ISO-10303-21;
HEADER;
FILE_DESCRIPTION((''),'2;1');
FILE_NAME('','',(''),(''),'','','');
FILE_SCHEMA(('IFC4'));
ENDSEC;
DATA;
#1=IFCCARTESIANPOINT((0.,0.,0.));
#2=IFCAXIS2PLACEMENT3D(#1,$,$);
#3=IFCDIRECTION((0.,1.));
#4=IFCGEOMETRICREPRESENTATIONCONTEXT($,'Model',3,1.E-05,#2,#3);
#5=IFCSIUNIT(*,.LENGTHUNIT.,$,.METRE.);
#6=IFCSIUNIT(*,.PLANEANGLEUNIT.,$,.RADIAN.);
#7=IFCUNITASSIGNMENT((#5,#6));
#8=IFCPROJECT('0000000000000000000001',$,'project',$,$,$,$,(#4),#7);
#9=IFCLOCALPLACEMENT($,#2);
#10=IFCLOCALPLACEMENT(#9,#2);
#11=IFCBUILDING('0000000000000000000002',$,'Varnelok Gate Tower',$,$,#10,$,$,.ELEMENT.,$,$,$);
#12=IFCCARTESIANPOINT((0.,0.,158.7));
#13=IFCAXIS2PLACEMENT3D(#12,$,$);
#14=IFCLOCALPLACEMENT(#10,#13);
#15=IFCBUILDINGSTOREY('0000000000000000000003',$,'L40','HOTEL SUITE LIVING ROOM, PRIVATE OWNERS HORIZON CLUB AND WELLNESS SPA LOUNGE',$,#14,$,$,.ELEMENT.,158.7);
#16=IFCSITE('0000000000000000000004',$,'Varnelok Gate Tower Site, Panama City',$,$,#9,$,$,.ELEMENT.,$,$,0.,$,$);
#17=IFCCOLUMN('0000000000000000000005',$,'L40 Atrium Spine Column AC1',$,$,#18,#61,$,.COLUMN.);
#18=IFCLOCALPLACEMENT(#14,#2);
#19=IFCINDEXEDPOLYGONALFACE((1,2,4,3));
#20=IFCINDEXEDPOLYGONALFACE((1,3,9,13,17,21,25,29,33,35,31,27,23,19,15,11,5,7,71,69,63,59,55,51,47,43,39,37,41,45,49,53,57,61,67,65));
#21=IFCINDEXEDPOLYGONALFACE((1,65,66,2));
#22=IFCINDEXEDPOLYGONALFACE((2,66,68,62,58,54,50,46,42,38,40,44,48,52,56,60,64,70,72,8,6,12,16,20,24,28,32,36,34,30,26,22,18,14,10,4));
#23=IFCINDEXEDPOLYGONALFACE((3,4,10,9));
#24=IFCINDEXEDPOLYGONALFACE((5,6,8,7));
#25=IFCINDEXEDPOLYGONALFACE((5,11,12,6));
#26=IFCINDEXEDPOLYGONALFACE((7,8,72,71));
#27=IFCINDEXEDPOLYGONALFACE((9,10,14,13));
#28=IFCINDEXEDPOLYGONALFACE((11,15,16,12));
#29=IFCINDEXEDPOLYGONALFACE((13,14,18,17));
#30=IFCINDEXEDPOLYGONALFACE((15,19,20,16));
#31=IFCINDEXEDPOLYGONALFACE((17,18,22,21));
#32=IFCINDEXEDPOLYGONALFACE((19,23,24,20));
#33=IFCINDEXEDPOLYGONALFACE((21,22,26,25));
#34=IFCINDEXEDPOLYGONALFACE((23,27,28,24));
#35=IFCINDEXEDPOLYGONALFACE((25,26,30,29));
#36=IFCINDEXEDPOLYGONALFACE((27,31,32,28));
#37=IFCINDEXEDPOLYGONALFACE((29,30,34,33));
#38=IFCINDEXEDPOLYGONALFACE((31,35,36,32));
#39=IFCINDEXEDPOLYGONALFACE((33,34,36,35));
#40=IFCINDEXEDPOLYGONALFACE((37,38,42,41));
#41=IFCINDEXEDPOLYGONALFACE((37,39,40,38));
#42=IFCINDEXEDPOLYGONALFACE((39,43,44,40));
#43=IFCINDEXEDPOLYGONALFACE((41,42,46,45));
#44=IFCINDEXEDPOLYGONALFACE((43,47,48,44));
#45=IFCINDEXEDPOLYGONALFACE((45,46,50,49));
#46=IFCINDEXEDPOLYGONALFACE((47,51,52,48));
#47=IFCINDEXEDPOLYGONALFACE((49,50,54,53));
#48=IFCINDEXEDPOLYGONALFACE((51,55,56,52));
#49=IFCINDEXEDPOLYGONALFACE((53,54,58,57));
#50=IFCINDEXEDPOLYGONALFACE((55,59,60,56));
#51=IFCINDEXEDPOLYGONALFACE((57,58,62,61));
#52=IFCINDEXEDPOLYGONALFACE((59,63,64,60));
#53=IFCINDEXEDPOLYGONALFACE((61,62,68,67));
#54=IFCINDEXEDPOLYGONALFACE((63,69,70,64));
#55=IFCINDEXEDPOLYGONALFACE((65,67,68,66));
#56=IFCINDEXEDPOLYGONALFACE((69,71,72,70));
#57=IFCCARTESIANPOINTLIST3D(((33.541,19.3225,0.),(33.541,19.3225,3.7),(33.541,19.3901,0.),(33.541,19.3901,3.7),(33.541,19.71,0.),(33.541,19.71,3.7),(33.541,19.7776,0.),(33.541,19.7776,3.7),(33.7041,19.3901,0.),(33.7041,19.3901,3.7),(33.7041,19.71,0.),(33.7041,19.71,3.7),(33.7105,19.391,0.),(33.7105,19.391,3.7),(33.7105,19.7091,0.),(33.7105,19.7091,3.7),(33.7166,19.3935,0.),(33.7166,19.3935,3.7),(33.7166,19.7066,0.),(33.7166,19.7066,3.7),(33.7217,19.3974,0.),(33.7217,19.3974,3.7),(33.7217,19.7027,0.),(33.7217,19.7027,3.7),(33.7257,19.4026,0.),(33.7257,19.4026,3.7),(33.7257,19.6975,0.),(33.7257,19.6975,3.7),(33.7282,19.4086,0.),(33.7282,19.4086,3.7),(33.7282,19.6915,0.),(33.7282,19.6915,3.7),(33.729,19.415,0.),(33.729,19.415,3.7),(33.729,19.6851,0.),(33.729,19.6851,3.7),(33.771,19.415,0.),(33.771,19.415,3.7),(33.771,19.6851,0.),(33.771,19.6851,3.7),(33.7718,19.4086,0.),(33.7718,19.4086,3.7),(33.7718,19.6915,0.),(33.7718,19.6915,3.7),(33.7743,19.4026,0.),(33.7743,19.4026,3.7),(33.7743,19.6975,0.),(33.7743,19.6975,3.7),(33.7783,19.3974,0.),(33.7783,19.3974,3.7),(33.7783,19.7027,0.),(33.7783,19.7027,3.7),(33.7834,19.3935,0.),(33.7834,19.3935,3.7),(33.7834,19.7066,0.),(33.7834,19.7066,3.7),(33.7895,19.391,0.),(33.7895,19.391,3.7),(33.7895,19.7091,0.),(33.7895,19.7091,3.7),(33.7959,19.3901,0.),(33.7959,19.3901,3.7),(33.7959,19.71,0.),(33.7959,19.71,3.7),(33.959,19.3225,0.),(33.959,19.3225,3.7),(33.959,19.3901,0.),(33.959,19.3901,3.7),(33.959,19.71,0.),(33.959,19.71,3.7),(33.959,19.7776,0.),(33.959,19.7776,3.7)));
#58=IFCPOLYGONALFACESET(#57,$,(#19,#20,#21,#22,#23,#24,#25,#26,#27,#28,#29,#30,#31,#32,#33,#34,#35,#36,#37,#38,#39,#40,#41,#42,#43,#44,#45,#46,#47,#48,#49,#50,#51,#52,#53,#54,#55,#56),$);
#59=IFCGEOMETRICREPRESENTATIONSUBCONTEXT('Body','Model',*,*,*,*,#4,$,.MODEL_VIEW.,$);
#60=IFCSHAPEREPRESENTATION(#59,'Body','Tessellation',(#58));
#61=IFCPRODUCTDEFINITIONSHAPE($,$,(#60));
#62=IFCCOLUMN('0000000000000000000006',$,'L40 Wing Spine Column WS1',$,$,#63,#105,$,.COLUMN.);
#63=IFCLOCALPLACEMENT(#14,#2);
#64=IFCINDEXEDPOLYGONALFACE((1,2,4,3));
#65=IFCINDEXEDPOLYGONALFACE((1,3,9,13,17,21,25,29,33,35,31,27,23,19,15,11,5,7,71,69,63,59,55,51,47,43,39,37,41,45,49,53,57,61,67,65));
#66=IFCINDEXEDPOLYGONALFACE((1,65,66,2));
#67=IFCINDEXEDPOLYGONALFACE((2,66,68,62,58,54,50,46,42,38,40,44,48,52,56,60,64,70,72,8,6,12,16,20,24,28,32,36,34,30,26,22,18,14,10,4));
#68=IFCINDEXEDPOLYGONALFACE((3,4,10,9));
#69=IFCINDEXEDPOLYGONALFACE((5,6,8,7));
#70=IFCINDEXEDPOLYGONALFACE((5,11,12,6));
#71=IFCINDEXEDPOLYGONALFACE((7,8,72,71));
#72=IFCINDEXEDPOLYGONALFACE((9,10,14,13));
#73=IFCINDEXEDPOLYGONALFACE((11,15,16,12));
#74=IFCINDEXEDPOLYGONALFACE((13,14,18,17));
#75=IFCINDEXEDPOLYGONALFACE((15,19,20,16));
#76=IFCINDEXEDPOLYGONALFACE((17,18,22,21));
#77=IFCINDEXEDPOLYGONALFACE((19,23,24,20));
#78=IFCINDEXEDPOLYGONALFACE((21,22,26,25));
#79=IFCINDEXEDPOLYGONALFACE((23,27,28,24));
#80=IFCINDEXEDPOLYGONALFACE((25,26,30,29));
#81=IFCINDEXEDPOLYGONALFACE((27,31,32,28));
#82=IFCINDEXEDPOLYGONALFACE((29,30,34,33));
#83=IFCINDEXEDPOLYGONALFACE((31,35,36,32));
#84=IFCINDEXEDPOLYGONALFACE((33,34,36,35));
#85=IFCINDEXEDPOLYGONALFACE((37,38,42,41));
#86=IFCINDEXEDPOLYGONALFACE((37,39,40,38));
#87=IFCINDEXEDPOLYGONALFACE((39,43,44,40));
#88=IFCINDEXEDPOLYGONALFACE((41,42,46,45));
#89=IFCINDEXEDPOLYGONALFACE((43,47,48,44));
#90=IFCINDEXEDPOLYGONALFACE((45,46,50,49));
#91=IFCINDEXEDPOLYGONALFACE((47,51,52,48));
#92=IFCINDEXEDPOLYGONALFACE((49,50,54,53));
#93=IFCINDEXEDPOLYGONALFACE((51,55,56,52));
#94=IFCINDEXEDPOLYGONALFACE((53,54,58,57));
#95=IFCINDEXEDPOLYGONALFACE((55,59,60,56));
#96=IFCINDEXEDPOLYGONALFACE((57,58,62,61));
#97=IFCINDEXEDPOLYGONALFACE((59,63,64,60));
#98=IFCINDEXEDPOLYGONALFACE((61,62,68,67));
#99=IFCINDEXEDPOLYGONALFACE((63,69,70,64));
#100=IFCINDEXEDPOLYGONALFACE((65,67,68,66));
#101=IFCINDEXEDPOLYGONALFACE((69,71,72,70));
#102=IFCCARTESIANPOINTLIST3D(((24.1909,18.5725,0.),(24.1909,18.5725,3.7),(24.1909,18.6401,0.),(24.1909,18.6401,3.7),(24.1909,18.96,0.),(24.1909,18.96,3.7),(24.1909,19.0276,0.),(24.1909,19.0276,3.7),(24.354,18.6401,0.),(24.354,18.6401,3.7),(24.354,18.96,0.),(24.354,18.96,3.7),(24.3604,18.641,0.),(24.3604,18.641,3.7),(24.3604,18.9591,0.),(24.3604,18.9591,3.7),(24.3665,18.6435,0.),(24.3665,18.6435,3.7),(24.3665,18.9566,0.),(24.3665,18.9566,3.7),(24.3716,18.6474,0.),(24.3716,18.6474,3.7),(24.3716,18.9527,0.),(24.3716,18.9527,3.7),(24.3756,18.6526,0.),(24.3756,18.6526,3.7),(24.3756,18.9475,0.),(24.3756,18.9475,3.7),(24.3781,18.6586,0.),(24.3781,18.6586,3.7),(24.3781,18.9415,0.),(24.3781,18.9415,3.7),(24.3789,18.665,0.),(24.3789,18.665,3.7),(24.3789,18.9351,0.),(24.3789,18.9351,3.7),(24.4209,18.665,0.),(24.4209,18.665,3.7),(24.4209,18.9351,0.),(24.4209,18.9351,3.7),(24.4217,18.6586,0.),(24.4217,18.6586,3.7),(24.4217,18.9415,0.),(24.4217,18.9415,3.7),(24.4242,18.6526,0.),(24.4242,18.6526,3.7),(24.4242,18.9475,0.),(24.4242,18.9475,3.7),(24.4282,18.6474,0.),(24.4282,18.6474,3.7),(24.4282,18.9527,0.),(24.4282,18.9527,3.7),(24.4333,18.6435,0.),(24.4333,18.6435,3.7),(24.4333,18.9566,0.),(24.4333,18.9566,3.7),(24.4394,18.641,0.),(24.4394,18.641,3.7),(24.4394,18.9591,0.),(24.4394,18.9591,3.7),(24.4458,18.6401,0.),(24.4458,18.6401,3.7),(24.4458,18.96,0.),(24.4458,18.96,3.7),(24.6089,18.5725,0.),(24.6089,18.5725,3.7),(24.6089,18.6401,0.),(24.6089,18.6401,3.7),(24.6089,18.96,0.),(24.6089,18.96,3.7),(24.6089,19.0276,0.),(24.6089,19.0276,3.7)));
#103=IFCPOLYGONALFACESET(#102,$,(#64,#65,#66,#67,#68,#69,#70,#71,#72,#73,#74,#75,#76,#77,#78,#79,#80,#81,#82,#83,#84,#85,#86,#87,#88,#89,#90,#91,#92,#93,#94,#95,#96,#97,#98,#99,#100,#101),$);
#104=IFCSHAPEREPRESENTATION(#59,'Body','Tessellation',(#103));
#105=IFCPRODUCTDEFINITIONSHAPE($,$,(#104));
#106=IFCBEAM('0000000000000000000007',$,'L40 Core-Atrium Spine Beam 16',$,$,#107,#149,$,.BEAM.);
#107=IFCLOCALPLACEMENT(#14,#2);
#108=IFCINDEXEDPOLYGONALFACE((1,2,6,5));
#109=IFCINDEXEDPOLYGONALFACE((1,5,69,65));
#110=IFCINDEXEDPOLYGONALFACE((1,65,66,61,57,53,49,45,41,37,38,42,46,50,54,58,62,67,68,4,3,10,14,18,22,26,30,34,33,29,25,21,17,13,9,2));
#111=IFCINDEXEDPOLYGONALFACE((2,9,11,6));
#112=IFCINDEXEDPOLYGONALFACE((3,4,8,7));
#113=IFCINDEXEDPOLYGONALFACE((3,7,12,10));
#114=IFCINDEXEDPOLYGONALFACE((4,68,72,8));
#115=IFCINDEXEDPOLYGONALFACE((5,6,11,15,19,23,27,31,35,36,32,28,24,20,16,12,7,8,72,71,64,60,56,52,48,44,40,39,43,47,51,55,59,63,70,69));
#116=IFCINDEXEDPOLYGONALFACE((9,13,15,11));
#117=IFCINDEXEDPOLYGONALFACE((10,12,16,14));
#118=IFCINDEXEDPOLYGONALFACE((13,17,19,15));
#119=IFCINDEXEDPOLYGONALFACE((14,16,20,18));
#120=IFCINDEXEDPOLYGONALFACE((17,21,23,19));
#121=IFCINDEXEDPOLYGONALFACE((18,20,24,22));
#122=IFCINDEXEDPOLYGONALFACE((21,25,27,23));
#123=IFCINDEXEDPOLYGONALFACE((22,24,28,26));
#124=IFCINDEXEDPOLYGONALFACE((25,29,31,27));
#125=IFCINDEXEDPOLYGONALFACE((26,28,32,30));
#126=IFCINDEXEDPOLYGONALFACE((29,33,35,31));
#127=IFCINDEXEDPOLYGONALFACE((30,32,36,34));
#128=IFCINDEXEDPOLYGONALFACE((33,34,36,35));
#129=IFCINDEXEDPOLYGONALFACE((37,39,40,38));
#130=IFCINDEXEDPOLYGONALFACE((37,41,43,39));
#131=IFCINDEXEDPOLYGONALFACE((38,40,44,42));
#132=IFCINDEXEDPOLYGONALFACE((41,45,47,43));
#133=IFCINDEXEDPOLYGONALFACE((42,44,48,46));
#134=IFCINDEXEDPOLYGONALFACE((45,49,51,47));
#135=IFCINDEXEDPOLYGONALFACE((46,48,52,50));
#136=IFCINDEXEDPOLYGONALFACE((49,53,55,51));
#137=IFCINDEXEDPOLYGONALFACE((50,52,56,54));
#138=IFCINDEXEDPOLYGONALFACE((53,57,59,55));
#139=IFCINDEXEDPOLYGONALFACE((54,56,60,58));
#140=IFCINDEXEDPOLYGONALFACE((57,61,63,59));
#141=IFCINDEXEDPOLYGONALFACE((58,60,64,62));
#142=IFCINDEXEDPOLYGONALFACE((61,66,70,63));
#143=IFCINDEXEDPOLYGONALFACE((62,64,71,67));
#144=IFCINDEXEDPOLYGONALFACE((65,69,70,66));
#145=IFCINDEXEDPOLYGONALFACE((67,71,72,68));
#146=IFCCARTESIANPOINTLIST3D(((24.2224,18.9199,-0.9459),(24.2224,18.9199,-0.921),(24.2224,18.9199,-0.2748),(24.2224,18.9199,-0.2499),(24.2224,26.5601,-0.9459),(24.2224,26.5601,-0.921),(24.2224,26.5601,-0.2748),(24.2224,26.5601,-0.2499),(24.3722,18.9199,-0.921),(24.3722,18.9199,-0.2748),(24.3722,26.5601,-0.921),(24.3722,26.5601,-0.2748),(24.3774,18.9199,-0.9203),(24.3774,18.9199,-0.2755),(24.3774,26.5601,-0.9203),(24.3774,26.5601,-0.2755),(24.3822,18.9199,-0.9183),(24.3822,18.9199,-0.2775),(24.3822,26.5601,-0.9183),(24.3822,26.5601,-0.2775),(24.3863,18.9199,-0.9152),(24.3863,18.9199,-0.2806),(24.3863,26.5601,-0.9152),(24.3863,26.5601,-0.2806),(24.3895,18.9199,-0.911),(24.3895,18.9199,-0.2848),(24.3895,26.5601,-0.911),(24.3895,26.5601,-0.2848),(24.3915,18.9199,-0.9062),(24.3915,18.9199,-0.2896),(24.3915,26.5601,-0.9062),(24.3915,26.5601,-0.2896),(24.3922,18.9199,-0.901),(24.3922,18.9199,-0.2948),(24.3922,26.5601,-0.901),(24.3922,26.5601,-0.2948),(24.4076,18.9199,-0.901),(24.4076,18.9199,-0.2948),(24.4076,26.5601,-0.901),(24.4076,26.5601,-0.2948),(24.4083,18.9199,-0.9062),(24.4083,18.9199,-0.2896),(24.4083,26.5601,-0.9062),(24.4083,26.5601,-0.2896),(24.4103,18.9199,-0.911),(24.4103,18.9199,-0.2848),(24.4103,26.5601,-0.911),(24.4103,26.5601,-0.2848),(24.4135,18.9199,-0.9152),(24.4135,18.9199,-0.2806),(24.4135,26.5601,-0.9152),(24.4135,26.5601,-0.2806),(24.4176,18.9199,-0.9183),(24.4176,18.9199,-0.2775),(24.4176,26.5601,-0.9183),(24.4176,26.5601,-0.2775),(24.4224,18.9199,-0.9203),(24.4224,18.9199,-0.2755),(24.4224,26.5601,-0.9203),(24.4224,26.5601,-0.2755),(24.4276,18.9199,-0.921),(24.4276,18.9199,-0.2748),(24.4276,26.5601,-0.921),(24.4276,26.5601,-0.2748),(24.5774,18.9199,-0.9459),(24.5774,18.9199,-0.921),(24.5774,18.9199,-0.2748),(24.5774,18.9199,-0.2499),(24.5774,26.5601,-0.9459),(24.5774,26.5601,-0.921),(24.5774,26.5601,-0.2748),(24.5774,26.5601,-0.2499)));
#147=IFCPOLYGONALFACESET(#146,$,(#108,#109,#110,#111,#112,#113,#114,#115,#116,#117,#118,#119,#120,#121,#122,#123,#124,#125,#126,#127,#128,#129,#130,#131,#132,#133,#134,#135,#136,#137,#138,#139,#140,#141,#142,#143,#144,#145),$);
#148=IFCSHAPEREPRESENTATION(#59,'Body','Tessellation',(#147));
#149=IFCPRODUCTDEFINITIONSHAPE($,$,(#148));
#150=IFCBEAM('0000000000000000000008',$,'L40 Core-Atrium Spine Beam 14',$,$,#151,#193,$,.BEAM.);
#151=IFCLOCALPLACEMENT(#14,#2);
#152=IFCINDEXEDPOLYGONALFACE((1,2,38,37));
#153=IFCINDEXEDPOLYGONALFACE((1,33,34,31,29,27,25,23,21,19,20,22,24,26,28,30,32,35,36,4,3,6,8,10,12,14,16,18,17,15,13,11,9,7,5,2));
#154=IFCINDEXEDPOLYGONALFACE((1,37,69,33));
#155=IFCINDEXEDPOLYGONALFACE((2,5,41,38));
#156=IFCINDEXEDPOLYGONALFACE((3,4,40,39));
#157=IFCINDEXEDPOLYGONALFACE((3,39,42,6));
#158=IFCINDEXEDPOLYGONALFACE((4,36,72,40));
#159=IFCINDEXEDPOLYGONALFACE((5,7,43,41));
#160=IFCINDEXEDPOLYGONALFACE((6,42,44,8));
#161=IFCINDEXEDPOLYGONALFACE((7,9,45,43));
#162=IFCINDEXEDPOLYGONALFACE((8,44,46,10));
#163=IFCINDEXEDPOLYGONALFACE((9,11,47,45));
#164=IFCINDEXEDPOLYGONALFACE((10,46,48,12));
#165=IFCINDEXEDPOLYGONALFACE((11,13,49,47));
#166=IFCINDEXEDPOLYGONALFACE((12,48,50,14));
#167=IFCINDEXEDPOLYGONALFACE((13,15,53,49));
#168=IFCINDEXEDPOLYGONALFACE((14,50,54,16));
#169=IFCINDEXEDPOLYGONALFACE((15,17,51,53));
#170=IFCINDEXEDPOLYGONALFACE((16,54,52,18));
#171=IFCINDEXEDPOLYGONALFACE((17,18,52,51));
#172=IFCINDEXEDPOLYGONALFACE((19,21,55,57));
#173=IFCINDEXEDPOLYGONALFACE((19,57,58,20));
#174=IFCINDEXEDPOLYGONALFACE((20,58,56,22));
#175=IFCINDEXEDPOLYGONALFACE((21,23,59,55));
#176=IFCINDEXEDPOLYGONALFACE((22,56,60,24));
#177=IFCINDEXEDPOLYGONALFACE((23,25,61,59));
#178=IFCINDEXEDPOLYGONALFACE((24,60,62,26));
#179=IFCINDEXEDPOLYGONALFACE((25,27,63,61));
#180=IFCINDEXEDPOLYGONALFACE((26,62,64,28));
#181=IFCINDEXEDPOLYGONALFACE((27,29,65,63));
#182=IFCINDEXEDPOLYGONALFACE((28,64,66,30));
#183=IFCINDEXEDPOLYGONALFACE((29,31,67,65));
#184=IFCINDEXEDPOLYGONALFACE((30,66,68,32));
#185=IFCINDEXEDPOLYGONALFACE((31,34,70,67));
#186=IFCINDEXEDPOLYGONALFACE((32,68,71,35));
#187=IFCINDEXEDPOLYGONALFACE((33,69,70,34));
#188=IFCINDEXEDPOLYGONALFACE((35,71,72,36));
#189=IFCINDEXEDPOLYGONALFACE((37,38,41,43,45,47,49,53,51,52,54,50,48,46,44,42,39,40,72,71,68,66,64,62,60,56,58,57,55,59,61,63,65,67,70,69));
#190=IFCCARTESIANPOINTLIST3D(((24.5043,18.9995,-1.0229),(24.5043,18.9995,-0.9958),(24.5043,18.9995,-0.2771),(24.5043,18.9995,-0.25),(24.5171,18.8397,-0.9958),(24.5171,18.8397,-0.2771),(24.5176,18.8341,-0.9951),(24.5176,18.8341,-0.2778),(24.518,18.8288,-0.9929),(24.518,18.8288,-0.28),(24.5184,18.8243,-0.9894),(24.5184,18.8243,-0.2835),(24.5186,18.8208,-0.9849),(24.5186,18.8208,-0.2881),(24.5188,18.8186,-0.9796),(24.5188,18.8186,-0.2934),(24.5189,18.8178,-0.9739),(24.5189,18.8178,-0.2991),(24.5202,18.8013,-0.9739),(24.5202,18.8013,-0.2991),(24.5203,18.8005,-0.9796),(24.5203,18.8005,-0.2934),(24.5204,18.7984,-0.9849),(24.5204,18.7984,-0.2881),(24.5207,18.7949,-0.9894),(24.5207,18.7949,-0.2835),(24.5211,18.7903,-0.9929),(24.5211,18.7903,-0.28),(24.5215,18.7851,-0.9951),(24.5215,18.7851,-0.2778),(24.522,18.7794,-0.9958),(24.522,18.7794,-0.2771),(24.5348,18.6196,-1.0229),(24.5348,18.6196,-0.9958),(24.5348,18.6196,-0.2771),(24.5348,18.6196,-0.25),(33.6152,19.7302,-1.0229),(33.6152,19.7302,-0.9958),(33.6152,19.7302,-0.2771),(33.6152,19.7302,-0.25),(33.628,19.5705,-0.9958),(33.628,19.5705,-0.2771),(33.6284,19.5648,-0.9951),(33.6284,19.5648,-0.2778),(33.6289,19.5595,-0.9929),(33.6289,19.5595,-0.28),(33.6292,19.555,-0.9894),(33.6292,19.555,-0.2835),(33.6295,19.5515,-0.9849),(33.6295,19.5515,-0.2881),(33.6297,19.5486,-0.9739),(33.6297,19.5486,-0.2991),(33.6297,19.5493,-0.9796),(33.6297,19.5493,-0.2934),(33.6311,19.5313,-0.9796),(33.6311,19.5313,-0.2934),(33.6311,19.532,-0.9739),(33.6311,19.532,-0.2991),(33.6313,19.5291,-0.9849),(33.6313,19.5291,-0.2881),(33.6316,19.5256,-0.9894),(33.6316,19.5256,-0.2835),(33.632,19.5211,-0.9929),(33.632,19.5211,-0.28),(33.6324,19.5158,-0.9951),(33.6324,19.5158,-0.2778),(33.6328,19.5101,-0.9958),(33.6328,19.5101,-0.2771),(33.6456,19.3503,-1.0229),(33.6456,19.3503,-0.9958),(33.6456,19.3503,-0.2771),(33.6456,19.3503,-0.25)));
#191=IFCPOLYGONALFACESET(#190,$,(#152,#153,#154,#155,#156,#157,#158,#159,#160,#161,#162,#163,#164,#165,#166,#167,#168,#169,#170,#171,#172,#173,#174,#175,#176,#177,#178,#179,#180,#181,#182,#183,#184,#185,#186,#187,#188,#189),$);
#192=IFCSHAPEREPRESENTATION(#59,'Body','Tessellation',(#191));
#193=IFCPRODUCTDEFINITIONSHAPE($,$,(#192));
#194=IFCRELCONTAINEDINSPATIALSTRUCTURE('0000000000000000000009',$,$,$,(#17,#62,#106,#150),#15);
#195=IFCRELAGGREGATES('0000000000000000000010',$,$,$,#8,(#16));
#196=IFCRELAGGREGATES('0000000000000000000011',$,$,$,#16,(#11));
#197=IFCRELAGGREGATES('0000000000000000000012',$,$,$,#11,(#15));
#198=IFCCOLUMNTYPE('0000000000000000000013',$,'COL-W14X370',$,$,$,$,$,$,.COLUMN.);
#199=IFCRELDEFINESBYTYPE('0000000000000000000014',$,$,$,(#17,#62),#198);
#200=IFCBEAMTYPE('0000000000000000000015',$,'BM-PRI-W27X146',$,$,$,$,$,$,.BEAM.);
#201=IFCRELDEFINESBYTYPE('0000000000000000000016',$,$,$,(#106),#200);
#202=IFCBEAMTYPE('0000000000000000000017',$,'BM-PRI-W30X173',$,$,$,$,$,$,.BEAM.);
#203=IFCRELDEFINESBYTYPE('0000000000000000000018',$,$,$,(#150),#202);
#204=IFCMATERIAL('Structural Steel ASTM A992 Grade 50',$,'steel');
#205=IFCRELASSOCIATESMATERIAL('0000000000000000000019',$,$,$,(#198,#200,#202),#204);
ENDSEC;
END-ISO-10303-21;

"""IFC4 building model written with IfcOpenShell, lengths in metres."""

from ifc_helpers import new_model, si_unit, direction, frame, origin, origin_2d, place, context, subcontext, project, spatial, i_section, extrude, material, material_profile, profile_set, type_object, element, save


model = new_model("IFC4")

# Units and contexts
model_context = context("Model", 3, precision=1e-05, world=origin(), true_north=direction((0.0, 1.0)))
body_context = subcontext(model_context, "Body", "Model", "MODEL_VIEW")
ifc_project = project(units=[si_unit("LENGTHUNIT", "METRE"), si_unit("PLANEANGLEUNIT", "RADIAN")], contexts=[model_context])

# Site, building, storey
site_placement = place(None, origin())
site = spatial("IfcSite", under=ifc_project, at=site_placement, Name="Varnelok Gate Tower Site, Panama City", CompositionType="ELEMENT", RefElevation=0.0)
building_placement = place(site_placement, origin())
building = spatial("IfcBuilding", under=site, at=building_placement, Name="Varnelok Gate Tower", CompositionType="ELEMENT")
storey_placement = place(building_placement, frame((0.0, 0.0, 158.7)))
storey = spatial("IfcBuildingStorey", under=building, at=storey_placement, Name="L40", Description="HOTEL SUITE LIVING ROOM, PRIVATE OWNERS HORIZON CLUB AND WELLNESS SPA LOUNGE", CompositionType="ELEMENT", Elevation=158.7)

# Columns
ifc_material_1 = material(Name="Structural Steel ASTM A992 Grade 50", Category="steel")
ifc_material_profile_1 = material_profile(ifc_material_1, i_section(OverallWidth=0.418, OverallDepth=0.4551, WebThickness=0.042, FlangeThickness=0.0676, FilletRadius=0.0249, at=origin_2d()), Name="W14X370")
ifc_profile_set_1 = profile_set([ifc_material_profile_1], Name="Structural Steel ASTM A992 Grade 50")
column_type = type_object("IfcColumnType", Name="COL-W14X370", PredefinedType="COLUMN", material=ifc_profile_set_1)
for number, where, z_axis, x_axis, name in (
    (1, (33.75, 19.55, 0.0), (0.0, 0.0, 1.0), (1.0, 0.0, 0.0), "L40 Atrium Spine Column AC1"),
    (2, (24.3999, 18.8, 0.0), (0.0, 0.0, 1.0), (1.0, 0.0, 0.0), "L40 Wing Spine Column WS1"),
):
    element("IfcColumn", number, at=place(storey_placement, frame(where, z_axis=z_axis, x_axis=x_axis)), inside=storey, type_object=column_type, Name=name, PredefinedType="COLUMN", context=body_context, shape_type="SweptSolid", body=[
        extrude(i_section(OverallWidth=0.418, OverallDepth=0.4551, WebThickness=0.042, FlangeThickness=0.0676, FilletRadius=0.0249, at=origin_2d()), origin(), (0.0, 0.0, 1.0), 3.7),
    ])

# Beams
ifc_material_profile_2 = material_profile(ifc_material_1, i_section(OverallWidth=0.355, OverallDepth=0.696, WebThickness=0.0154, FlangeThickness=0.0249, FilletRadius=0.02, at=origin_2d()), Name="W27X146")
ifc_profile_set_2 = profile_set([ifc_material_profile_2], Name="Structural Steel ASTM A992 Grade 50")
beam_type_1 = type_object("IfcBeamType", Name="BM-PRI-W27X146", PredefinedType="BEAM", material=ifc_profile_set_2)
beam_1_placement = place(storey_placement, frame((24.3999, 18.9199, -0.5979), z_axis=(0.0, 1.0, 0.0), x_axis=(-1.0, 0.0, 0.0)))
element("IfcBeam", 3, at=beam_1_placement, inside=storey, type_object=beam_type_1, Name="L40 Core-Atrium Spine Beam 16", PredefinedType="BEAM", context=body_context, shape_type="SweptSolid", body=[
    extrude(i_section(OverallWidth=0.355, OverallDepth=0.696, WebThickness=0.0154, FlangeThickness=0.0249, FilletRadius=0.02, at=origin_2d()), origin(), (0.0, 0.0, 1.0), 7.6401),
])
ifc_material_profile_3 = material_profile(ifc_material_1, i_section(OverallWidth=0.3811, OverallDepth=0.7729, WebThickness=0.0166, FlangeThickness=0.0271, FilletRadius=0.022, at=origin_2d()), Name="W30X173")
ifc_profile_set_3 = profile_set([ifc_material_profile_3], Name="Structural Steel ASTM A992 Grade 50")
beam_type_2 = type_object("IfcBeamType", Name="BM-PRI-W30X173", PredefinedType="BEAM", material=ifc_profile_set_3)
beam_2_placement = place(storey_placement, frame((24.5195, 18.8096, -0.6365), z_axis=(0.996799, 0.079946, 0.0), x_axis=(-0.079946, 0.996799, 0.0)))
element("IfcBeam", 4, at=beam_2_placement, inside=storey, type_object=beam_type_2, Name="L40 Core-Atrium Spine Beam 14", PredefinedType="BEAM", context=body_context, shape_type="SweptSolid", body=[
    extrude(i_section(OverallWidth=0.3811, OverallDepth=0.7729, WebThickness=0.0166, FlangeThickness=0.0271, FilletRadius=0.022, at=origin_2d()), origin(), (0.0, 0.0, 1.0), 9.1401),
])

save(model, "model.ifc")
